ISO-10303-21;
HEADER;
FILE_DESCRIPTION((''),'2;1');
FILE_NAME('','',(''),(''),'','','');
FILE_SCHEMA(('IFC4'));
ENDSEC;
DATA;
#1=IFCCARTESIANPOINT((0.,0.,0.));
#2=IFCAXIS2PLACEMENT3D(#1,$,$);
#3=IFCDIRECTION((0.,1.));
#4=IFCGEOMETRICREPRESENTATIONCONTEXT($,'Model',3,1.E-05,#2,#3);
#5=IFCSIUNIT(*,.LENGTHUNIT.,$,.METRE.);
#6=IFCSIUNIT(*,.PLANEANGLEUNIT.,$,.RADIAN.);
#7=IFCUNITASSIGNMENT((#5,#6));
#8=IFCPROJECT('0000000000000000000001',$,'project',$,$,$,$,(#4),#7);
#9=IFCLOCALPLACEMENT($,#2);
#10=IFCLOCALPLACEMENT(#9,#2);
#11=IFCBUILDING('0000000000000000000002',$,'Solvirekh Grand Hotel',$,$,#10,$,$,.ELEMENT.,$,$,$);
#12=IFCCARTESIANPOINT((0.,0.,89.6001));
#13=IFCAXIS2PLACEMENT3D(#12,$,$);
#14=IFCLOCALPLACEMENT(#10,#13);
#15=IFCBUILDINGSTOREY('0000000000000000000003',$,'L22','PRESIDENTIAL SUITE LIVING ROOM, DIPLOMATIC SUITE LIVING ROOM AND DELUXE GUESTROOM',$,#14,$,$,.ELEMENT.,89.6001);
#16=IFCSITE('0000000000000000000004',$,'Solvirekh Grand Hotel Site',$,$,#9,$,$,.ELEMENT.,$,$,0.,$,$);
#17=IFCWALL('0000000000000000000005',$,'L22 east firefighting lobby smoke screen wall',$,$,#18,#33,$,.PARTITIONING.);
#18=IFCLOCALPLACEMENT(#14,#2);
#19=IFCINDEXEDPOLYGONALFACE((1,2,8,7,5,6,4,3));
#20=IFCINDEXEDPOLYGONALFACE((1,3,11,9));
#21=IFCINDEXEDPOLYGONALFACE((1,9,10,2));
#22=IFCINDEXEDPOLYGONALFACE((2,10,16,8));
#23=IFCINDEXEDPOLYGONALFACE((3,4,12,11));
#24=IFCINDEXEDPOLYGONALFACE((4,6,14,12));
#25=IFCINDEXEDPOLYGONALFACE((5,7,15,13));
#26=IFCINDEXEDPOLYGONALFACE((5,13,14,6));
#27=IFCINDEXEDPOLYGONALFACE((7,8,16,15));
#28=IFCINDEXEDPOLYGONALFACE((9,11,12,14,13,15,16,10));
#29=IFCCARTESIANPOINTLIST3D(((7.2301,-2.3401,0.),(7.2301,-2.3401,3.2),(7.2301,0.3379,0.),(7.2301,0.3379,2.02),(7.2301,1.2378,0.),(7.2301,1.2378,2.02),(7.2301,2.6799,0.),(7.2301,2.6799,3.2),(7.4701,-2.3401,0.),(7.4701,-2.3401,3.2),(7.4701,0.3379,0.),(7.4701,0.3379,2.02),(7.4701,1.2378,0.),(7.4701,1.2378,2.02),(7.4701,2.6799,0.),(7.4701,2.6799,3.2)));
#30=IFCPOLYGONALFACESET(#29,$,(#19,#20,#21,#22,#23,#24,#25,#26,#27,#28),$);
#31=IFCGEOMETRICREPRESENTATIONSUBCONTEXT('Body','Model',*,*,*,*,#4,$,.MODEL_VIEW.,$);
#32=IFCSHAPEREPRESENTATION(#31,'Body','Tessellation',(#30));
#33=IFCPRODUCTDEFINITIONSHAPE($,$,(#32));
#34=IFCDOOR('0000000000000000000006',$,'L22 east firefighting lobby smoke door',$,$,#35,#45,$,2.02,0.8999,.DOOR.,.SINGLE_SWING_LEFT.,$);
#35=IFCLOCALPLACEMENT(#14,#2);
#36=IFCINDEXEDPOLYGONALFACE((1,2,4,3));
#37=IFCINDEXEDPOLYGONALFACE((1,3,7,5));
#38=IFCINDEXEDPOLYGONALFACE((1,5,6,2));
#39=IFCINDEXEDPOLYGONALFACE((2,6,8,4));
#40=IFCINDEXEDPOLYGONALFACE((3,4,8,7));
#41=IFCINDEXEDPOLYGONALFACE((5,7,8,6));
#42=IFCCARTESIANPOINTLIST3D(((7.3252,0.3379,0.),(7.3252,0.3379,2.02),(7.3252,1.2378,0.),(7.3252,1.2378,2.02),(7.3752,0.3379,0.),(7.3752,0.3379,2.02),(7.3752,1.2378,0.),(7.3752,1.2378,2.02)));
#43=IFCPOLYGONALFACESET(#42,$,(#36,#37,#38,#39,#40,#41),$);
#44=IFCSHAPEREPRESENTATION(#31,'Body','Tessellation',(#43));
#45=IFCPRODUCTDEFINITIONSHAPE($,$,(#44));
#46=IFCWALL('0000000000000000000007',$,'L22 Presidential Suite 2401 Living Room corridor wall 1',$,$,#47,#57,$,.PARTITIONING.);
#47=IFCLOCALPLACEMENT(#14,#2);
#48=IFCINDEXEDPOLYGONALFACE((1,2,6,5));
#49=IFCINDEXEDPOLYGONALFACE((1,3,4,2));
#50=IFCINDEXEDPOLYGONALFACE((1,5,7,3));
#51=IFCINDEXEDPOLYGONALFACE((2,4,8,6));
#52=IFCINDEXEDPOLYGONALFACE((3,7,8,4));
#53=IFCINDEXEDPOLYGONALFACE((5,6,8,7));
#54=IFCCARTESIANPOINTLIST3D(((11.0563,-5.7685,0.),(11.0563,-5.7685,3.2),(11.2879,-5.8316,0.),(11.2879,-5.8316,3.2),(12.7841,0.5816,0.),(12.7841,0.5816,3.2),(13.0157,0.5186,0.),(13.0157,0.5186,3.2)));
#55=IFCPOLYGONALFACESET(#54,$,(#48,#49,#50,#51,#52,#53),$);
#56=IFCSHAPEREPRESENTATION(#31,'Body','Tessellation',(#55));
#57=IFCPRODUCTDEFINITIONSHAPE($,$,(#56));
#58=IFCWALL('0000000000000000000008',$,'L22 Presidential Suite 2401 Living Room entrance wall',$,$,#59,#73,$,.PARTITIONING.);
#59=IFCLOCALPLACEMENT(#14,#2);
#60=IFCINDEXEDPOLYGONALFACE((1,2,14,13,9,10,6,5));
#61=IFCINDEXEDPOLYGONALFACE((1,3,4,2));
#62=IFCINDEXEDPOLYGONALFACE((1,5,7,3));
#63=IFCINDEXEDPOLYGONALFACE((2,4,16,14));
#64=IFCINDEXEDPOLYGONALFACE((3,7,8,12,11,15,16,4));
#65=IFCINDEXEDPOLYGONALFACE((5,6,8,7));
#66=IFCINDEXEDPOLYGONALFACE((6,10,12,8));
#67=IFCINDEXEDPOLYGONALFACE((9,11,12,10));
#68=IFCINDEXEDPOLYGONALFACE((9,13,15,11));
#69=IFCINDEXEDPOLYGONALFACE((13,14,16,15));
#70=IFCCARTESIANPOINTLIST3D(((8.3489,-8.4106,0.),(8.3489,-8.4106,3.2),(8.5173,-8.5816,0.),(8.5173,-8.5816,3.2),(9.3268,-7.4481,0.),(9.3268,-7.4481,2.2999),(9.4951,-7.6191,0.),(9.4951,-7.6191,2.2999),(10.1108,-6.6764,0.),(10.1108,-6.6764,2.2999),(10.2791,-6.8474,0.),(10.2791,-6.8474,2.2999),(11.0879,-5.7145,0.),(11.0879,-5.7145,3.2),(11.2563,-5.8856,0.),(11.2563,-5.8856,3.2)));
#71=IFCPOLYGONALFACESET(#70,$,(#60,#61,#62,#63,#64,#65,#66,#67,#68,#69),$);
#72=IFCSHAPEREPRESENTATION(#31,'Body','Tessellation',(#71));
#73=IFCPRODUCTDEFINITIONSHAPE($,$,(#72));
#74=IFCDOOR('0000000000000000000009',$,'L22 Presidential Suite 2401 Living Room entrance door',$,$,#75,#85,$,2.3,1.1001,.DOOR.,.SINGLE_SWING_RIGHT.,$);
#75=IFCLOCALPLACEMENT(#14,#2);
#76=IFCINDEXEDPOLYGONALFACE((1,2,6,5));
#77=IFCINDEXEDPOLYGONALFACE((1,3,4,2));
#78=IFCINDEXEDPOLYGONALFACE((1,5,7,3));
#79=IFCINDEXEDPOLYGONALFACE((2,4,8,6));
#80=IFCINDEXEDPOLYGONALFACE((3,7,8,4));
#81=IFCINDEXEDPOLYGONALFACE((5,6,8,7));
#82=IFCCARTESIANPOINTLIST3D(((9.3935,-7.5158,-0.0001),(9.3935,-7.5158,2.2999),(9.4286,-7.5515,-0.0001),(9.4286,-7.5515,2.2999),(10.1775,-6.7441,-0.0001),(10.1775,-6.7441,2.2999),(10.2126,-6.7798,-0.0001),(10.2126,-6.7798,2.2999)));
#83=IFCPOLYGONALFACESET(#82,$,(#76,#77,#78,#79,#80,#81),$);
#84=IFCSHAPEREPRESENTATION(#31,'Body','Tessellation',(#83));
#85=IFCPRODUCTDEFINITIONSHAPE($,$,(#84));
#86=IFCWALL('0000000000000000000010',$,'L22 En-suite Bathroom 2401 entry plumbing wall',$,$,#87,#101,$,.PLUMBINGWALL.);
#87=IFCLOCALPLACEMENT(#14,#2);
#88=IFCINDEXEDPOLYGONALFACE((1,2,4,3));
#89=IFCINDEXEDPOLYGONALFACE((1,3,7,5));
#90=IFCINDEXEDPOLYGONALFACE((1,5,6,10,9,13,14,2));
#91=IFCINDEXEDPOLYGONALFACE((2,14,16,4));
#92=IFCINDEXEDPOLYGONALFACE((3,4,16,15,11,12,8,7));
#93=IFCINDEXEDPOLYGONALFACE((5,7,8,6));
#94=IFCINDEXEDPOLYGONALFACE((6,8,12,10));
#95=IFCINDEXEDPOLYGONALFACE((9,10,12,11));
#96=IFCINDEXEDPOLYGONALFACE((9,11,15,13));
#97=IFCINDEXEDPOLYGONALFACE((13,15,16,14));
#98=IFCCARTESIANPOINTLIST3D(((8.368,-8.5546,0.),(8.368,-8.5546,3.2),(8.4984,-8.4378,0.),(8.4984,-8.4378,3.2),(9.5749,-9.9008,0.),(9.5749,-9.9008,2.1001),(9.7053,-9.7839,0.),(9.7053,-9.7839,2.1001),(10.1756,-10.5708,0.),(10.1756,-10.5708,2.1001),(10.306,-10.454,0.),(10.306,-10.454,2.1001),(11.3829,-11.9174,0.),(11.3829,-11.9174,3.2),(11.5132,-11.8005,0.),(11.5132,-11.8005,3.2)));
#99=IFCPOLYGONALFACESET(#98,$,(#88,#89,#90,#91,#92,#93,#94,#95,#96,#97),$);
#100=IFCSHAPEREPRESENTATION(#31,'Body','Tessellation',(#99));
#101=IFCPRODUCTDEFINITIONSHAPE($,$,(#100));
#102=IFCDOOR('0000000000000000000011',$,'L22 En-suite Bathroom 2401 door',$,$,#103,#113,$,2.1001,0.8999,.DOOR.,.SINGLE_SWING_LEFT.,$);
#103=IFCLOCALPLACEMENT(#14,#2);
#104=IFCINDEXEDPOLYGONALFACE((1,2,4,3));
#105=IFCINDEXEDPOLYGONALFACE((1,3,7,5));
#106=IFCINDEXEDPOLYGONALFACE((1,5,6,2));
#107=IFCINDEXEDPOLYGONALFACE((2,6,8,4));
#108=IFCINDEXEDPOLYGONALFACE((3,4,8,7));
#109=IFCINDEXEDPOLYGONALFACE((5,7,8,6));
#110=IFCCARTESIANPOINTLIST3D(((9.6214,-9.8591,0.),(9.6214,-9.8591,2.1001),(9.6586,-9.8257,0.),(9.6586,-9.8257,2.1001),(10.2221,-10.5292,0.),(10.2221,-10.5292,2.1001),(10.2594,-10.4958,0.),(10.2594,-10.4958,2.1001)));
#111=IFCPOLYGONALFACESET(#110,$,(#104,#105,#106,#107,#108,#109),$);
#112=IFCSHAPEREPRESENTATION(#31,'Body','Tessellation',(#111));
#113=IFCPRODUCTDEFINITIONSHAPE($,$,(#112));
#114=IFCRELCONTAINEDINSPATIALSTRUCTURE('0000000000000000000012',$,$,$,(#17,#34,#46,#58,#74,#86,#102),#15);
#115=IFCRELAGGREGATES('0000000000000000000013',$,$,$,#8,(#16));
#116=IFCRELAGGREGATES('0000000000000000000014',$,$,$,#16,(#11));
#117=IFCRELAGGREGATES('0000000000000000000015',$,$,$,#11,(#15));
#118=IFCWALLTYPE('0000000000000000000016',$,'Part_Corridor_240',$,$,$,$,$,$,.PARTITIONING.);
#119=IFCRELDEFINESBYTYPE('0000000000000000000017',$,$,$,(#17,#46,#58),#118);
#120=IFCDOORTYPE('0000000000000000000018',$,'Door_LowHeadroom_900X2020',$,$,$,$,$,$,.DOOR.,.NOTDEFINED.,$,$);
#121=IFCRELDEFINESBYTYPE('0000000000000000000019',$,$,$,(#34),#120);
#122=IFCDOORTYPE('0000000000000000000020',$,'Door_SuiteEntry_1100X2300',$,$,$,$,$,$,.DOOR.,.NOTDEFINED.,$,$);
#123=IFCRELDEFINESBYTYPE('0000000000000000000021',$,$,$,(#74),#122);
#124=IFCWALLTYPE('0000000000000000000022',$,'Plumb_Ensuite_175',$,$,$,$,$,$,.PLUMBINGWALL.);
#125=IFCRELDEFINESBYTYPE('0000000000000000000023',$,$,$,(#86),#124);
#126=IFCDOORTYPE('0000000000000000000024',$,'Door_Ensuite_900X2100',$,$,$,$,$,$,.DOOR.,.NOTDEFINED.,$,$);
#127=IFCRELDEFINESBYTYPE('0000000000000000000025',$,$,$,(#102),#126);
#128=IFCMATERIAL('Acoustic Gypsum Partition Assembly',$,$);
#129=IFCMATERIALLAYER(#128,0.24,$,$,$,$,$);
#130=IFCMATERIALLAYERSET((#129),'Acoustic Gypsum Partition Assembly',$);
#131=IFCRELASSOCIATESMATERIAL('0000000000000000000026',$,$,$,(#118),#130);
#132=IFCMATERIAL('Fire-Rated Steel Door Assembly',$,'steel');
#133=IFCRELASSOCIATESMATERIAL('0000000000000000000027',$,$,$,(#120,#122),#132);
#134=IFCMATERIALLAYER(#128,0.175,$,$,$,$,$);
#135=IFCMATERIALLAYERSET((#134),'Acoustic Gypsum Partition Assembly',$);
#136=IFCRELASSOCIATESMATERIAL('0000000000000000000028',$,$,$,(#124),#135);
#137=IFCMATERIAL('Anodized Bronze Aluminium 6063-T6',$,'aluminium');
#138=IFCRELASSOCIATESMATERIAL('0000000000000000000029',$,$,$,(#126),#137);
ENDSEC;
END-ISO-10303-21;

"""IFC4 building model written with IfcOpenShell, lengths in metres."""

from ifc_helpers import new_model, si_unit, direction, frame, frame_2d, origin, place, context, subcontext, project, spatial, rectangle, extrude, material, layer, layer_set, type_object, element, fill, save


model = new_model("IFC4")

# Units and contexts
model_context = context("Model", 3, precision=1e-05, world=origin(), true_north=direction((0.0, 1.0)))
body_context = subcontext(model_context, "Body", "Model", "MODEL_VIEW")
ifc_project = project(units=[si_unit("LENGTHUNIT", "METRE"), si_unit("PLANEANGLEUNIT", "RADIAN")], contexts=[model_context])

# Site, building, storey
site_placement = place(None, origin())
site = spatial("IfcSite", under=ifc_project, at=site_placement, Name="Solvirekh Grand Hotel Site", CompositionType="ELEMENT", RefElevation=0.0)
building_placement = place(site_placement, origin())
building = spatial("IfcBuilding", under=site, at=building_placement, Name="Solvirekh Grand Hotel", CompositionType="ELEMENT")
storey_placement = place(building_placement, frame((0.0, 0.0, 89.6001)))
storey = spatial("IfcBuildingStorey", under=building, at=storey_placement, Name="L22", Description="PRESIDENTIAL SUITE LIVING ROOM, DIPLOMATIC SUITE LIVING ROOM AND DELUXE GUESTROOM", CompositionType="ELEMENT", Elevation=89.6001)

# Shared definitions
ifc_material_1 = material(Name="Anodized Bronze Aluminium 6063-T6", Category="aluminium")

# Wall, opening, door
ifc_material_2 = material(Name="Acoustic Gypsum Partition Assembly")
ifc_layer_1 = layer(ifc_material_2, 0.24)
ifc_layer_set_1 = layer_set([ifc_layer_1], Name="Acoustic Gypsum Partition Assembly")
wall_type_1 = type_object("IfcWallType", Name="Part_Corridor_240", PredefinedType="PARTITIONING", material=ifc_layer_set_1)
wall_1_placement = place(storey_placement, frame((7.3501, -2.3401, 0.0), z_axis=(0.0, 0.0, 1.0), x_axis=(0.0, 1.0, 0.0)))
wall_1 = element("IfcWall", 1, at=wall_1_placement, inside=storey, type_object=wall_type_1, Name="L22 east firefighting lobby smoke screen wall", PredefinedType="PARTITIONING", context=body_context, shape_type="SweptSolid", body=[
    extrude(rectangle(XDim=5.02, YDim=0.24, at=frame_2d((2.51, 0.0))), origin(), (0.0, 0.0, 1.0), 3.2),
])
opening_1_placement = place(wall_1_placement, frame((2.678, 0.0, 0.0)))
opening_1 = element("IfcOpeningElement", 2, at=opening_1_placement, cuts=wall_1, PredefinedType="OPENING", context=body_context, shape_type="SweptSolid", body=[
    extrude(rectangle(XDim=0.8999, YDim=2.02, at=frame_2d((0.45, 1.01))), frame((0.0, 0.1299, 0.0), z_axis=(0.0, -1.0, 0.0), x_axis=(1.0, 0.0, 0.0)), (0.0, 0.0, 1.0), 0.26),
])
ifc_material_3 = material(Name="Fire-Rated Steel Door Assembly", Category="steel")
door_type_1 = type_object("IfcDoorType", Name="Door_LowHeadroom_900X2020", OperationType="NOTDEFINED", PredefinedType="DOOR", material=ifc_material_3)
door_1_placement = place(opening_1_placement, origin())
door_1 = element("IfcDoor", 3, at=door_1_placement, inside=storey, type_object=door_type_1, Name="L22 east firefighting lobby smoke door", OperationType="SINGLE_SWING_LEFT", OverallHeight=2.02, OverallWidth=0.8999, PredefinedType="DOOR", context=body_context, shape_type="SweptSolid", body=[
    extrude(rectangle(XDim=0.8999, YDim=2.02, at=frame_2d((0.45, 1.01))), frame((0.0, 0.0249, 0.0), z_axis=(0.0, -1.0, 0.0), x_axis=(1.0, 0.0, 0.0)), (0.0, 0.0, 1.0), 0.05),
])
fill(opening_1, door_1)

# Wall
wall_2_placement = place(storey_placement, frame((11.1721, -5.8, 0.0), z_axis=(0.0, 0.0, 1.0), x_axis=(0.262543, 0.96492, 0.0)))
element("IfcWall", 4, at=wall_2_placement, inside=storey, type_object=wall_type_1, Name="L22 Presidential Suite 2401 Living Room corridor wall 1", PredefinedType="PARTITIONING", context=body_context, shape_type="SweptSolid", body=[
    extrude(rectangle(XDim=6.5811, YDim=0.24, at=frame_2d((3.2905, 0.0))), origin(), (0.0, 0.0, 1.0), 3.2),
])

# Walls, openings, doors
wall_3_placement = place(storey_placement, frame((8.4331, -8.4961, 0.0), z_axis=(0.0, 0.0, 1.0), x_axis=(0.712675, 0.701495, 0.0)))
wall_3 = element("IfcWall", 5, at=wall_3_placement, inside=storey, type_object=wall_type_1, Name="L22 Presidential Suite 2401 Living Room entrance wall", PredefinedType="PARTITIONING", context=body_context, shape_type="SweptSolid", body=[
    extrude(rectangle(XDim=3.8433, YDim=0.24, at=frame_2d((1.9216, 0.0))), origin(), (0.0, 0.0, 1.0), 3.2),
])
opening_2_placement = place(wall_3_placement, frame((1.3721, 0.0, 0.0)))
opening_2 = element("IfcOpeningElement", 6, at=opening_2_placement, cuts=wall_3, PredefinedType="OPENING", context=body_context, shape_type="SweptSolid", body=[
    extrude(rectangle(XDim=1.1001, YDim=2.3, at=frame_2d((0.55, 1.1499))), frame((0.0, 0.1299, 0.0), z_axis=(0.0, -1.0, 0.0), x_axis=(1.0, 0.0, 0.0)), (0.0, 0.0, 1.0), 0.26),
])
door_type_2 = type_object("IfcDoorType", Name="Door_SuiteEntry_1100X2300", OperationType="NOTDEFINED", PredefinedType="DOOR", material=ifc_material_3)
door_2_placement = place(opening_2_placement, origin())
door_2 = element("IfcDoor", 7, at=door_2_placement, inside=storey, type_object=door_type_2, Name="L22 Presidential Suite 2401 Living Room entrance door", OperationType="SINGLE_SWING_RIGHT", OverallHeight=2.3, OverallWidth=1.1001, PredefinedType="DOOR", context=body_context, shape_type="SweptSolid", body=[
    extrude(rectangle(XDim=1.1001, YDim=2.3, at=frame_2d((0.55, 1.1499))), frame((0.0, 0.0249, 0.0), z_axis=(0.0, -1.0, 0.0), x_axis=(1.0, 0.0, 0.0)), (0.0, 0.0, 1.0), 0.05),
])
fill(opening_2, door_2)
ifc_layer_2 = layer(ifc_material_2, 0.175)
ifc_layer_set_2 = layer_set([ifc_layer_2], Name="Acoustic Gypsum Partition Assembly")
wall_type_2 = type_object("IfcWallType", Name="Plumb_Ensuite_175", PredefinedType="PLUMBINGWALL", material=ifc_layer_set_2)
wall_4_placement = place(storey_placement, frame((8.4331, -8.4961, 0.0), z_axis=(0.0, 0.0, 1.0), x_axis=(0.667542, -0.744572, 0.0)))
wall_4 = element("IfcWall", 8, at=wall_4_placement, inside=storey, type_object=wall_type_2, Name="L22 En-suite Bathroom 2401 entry plumbing wall", PredefinedType="PLUMBINGWALL", context=body_context, shape_type="SweptSolid", body=[
    extrude(rectangle(XDim=4.5164, YDim=0.175, at=frame_2d((2.2583, 0.0))), origin(), (0.0, 0.0, 1.0), 3.2),
])
opening_3_placement = place(wall_4_placement, frame((1.8081, 0.0, 0.0)))
opening_3 = element("IfcOpeningElement", 9, at=opening_3_placement, cuts=wall_4, PredefinedType="OPENING", context=body_context, shape_type="SweptSolid", body=[
    extrude(rectangle(XDim=0.8999, YDim=2.1001, at=frame_2d((0.45, 1.05))), frame((0.0, 0.0977, 0.0), z_axis=(0.0, -1.0, 0.0), x_axis=(1.0, 0.0, 0.0)), (0.0, 0.0, 1.0), 0.1951),
])
door_type_3 = type_object("IfcDoorType", Name="Door_Ensuite_900X2100", OperationType="NOTDEFINED", PredefinedType="DOOR", material=ifc_material_1)
door_3_placement = place(opening_3_placement, origin())
door_3 = element("IfcDoor", 10, at=door_3_placement, inside=storey, type_object=door_type_3, Name="L22 En-suite Bathroom 2401 door", OperationType="SINGLE_SWING_LEFT", OverallHeight=2.1001, OverallWidth=0.8999, PredefinedType="DOOR", context=body_context, shape_type="SweptSolid", body=[
    extrude(rectangle(XDim=0.8999, YDim=2.1001, at=frame_2d((0.45, 1.05))), frame((0.0, 0.0249, 0.0), z_axis=(0.0, -1.0, 0.0), x_axis=(1.0, 0.0, 0.0)), (0.0, 0.0, 1.0), 0.05),
])
fill(opening_3, door_3)

save(model, "model.ifc")
